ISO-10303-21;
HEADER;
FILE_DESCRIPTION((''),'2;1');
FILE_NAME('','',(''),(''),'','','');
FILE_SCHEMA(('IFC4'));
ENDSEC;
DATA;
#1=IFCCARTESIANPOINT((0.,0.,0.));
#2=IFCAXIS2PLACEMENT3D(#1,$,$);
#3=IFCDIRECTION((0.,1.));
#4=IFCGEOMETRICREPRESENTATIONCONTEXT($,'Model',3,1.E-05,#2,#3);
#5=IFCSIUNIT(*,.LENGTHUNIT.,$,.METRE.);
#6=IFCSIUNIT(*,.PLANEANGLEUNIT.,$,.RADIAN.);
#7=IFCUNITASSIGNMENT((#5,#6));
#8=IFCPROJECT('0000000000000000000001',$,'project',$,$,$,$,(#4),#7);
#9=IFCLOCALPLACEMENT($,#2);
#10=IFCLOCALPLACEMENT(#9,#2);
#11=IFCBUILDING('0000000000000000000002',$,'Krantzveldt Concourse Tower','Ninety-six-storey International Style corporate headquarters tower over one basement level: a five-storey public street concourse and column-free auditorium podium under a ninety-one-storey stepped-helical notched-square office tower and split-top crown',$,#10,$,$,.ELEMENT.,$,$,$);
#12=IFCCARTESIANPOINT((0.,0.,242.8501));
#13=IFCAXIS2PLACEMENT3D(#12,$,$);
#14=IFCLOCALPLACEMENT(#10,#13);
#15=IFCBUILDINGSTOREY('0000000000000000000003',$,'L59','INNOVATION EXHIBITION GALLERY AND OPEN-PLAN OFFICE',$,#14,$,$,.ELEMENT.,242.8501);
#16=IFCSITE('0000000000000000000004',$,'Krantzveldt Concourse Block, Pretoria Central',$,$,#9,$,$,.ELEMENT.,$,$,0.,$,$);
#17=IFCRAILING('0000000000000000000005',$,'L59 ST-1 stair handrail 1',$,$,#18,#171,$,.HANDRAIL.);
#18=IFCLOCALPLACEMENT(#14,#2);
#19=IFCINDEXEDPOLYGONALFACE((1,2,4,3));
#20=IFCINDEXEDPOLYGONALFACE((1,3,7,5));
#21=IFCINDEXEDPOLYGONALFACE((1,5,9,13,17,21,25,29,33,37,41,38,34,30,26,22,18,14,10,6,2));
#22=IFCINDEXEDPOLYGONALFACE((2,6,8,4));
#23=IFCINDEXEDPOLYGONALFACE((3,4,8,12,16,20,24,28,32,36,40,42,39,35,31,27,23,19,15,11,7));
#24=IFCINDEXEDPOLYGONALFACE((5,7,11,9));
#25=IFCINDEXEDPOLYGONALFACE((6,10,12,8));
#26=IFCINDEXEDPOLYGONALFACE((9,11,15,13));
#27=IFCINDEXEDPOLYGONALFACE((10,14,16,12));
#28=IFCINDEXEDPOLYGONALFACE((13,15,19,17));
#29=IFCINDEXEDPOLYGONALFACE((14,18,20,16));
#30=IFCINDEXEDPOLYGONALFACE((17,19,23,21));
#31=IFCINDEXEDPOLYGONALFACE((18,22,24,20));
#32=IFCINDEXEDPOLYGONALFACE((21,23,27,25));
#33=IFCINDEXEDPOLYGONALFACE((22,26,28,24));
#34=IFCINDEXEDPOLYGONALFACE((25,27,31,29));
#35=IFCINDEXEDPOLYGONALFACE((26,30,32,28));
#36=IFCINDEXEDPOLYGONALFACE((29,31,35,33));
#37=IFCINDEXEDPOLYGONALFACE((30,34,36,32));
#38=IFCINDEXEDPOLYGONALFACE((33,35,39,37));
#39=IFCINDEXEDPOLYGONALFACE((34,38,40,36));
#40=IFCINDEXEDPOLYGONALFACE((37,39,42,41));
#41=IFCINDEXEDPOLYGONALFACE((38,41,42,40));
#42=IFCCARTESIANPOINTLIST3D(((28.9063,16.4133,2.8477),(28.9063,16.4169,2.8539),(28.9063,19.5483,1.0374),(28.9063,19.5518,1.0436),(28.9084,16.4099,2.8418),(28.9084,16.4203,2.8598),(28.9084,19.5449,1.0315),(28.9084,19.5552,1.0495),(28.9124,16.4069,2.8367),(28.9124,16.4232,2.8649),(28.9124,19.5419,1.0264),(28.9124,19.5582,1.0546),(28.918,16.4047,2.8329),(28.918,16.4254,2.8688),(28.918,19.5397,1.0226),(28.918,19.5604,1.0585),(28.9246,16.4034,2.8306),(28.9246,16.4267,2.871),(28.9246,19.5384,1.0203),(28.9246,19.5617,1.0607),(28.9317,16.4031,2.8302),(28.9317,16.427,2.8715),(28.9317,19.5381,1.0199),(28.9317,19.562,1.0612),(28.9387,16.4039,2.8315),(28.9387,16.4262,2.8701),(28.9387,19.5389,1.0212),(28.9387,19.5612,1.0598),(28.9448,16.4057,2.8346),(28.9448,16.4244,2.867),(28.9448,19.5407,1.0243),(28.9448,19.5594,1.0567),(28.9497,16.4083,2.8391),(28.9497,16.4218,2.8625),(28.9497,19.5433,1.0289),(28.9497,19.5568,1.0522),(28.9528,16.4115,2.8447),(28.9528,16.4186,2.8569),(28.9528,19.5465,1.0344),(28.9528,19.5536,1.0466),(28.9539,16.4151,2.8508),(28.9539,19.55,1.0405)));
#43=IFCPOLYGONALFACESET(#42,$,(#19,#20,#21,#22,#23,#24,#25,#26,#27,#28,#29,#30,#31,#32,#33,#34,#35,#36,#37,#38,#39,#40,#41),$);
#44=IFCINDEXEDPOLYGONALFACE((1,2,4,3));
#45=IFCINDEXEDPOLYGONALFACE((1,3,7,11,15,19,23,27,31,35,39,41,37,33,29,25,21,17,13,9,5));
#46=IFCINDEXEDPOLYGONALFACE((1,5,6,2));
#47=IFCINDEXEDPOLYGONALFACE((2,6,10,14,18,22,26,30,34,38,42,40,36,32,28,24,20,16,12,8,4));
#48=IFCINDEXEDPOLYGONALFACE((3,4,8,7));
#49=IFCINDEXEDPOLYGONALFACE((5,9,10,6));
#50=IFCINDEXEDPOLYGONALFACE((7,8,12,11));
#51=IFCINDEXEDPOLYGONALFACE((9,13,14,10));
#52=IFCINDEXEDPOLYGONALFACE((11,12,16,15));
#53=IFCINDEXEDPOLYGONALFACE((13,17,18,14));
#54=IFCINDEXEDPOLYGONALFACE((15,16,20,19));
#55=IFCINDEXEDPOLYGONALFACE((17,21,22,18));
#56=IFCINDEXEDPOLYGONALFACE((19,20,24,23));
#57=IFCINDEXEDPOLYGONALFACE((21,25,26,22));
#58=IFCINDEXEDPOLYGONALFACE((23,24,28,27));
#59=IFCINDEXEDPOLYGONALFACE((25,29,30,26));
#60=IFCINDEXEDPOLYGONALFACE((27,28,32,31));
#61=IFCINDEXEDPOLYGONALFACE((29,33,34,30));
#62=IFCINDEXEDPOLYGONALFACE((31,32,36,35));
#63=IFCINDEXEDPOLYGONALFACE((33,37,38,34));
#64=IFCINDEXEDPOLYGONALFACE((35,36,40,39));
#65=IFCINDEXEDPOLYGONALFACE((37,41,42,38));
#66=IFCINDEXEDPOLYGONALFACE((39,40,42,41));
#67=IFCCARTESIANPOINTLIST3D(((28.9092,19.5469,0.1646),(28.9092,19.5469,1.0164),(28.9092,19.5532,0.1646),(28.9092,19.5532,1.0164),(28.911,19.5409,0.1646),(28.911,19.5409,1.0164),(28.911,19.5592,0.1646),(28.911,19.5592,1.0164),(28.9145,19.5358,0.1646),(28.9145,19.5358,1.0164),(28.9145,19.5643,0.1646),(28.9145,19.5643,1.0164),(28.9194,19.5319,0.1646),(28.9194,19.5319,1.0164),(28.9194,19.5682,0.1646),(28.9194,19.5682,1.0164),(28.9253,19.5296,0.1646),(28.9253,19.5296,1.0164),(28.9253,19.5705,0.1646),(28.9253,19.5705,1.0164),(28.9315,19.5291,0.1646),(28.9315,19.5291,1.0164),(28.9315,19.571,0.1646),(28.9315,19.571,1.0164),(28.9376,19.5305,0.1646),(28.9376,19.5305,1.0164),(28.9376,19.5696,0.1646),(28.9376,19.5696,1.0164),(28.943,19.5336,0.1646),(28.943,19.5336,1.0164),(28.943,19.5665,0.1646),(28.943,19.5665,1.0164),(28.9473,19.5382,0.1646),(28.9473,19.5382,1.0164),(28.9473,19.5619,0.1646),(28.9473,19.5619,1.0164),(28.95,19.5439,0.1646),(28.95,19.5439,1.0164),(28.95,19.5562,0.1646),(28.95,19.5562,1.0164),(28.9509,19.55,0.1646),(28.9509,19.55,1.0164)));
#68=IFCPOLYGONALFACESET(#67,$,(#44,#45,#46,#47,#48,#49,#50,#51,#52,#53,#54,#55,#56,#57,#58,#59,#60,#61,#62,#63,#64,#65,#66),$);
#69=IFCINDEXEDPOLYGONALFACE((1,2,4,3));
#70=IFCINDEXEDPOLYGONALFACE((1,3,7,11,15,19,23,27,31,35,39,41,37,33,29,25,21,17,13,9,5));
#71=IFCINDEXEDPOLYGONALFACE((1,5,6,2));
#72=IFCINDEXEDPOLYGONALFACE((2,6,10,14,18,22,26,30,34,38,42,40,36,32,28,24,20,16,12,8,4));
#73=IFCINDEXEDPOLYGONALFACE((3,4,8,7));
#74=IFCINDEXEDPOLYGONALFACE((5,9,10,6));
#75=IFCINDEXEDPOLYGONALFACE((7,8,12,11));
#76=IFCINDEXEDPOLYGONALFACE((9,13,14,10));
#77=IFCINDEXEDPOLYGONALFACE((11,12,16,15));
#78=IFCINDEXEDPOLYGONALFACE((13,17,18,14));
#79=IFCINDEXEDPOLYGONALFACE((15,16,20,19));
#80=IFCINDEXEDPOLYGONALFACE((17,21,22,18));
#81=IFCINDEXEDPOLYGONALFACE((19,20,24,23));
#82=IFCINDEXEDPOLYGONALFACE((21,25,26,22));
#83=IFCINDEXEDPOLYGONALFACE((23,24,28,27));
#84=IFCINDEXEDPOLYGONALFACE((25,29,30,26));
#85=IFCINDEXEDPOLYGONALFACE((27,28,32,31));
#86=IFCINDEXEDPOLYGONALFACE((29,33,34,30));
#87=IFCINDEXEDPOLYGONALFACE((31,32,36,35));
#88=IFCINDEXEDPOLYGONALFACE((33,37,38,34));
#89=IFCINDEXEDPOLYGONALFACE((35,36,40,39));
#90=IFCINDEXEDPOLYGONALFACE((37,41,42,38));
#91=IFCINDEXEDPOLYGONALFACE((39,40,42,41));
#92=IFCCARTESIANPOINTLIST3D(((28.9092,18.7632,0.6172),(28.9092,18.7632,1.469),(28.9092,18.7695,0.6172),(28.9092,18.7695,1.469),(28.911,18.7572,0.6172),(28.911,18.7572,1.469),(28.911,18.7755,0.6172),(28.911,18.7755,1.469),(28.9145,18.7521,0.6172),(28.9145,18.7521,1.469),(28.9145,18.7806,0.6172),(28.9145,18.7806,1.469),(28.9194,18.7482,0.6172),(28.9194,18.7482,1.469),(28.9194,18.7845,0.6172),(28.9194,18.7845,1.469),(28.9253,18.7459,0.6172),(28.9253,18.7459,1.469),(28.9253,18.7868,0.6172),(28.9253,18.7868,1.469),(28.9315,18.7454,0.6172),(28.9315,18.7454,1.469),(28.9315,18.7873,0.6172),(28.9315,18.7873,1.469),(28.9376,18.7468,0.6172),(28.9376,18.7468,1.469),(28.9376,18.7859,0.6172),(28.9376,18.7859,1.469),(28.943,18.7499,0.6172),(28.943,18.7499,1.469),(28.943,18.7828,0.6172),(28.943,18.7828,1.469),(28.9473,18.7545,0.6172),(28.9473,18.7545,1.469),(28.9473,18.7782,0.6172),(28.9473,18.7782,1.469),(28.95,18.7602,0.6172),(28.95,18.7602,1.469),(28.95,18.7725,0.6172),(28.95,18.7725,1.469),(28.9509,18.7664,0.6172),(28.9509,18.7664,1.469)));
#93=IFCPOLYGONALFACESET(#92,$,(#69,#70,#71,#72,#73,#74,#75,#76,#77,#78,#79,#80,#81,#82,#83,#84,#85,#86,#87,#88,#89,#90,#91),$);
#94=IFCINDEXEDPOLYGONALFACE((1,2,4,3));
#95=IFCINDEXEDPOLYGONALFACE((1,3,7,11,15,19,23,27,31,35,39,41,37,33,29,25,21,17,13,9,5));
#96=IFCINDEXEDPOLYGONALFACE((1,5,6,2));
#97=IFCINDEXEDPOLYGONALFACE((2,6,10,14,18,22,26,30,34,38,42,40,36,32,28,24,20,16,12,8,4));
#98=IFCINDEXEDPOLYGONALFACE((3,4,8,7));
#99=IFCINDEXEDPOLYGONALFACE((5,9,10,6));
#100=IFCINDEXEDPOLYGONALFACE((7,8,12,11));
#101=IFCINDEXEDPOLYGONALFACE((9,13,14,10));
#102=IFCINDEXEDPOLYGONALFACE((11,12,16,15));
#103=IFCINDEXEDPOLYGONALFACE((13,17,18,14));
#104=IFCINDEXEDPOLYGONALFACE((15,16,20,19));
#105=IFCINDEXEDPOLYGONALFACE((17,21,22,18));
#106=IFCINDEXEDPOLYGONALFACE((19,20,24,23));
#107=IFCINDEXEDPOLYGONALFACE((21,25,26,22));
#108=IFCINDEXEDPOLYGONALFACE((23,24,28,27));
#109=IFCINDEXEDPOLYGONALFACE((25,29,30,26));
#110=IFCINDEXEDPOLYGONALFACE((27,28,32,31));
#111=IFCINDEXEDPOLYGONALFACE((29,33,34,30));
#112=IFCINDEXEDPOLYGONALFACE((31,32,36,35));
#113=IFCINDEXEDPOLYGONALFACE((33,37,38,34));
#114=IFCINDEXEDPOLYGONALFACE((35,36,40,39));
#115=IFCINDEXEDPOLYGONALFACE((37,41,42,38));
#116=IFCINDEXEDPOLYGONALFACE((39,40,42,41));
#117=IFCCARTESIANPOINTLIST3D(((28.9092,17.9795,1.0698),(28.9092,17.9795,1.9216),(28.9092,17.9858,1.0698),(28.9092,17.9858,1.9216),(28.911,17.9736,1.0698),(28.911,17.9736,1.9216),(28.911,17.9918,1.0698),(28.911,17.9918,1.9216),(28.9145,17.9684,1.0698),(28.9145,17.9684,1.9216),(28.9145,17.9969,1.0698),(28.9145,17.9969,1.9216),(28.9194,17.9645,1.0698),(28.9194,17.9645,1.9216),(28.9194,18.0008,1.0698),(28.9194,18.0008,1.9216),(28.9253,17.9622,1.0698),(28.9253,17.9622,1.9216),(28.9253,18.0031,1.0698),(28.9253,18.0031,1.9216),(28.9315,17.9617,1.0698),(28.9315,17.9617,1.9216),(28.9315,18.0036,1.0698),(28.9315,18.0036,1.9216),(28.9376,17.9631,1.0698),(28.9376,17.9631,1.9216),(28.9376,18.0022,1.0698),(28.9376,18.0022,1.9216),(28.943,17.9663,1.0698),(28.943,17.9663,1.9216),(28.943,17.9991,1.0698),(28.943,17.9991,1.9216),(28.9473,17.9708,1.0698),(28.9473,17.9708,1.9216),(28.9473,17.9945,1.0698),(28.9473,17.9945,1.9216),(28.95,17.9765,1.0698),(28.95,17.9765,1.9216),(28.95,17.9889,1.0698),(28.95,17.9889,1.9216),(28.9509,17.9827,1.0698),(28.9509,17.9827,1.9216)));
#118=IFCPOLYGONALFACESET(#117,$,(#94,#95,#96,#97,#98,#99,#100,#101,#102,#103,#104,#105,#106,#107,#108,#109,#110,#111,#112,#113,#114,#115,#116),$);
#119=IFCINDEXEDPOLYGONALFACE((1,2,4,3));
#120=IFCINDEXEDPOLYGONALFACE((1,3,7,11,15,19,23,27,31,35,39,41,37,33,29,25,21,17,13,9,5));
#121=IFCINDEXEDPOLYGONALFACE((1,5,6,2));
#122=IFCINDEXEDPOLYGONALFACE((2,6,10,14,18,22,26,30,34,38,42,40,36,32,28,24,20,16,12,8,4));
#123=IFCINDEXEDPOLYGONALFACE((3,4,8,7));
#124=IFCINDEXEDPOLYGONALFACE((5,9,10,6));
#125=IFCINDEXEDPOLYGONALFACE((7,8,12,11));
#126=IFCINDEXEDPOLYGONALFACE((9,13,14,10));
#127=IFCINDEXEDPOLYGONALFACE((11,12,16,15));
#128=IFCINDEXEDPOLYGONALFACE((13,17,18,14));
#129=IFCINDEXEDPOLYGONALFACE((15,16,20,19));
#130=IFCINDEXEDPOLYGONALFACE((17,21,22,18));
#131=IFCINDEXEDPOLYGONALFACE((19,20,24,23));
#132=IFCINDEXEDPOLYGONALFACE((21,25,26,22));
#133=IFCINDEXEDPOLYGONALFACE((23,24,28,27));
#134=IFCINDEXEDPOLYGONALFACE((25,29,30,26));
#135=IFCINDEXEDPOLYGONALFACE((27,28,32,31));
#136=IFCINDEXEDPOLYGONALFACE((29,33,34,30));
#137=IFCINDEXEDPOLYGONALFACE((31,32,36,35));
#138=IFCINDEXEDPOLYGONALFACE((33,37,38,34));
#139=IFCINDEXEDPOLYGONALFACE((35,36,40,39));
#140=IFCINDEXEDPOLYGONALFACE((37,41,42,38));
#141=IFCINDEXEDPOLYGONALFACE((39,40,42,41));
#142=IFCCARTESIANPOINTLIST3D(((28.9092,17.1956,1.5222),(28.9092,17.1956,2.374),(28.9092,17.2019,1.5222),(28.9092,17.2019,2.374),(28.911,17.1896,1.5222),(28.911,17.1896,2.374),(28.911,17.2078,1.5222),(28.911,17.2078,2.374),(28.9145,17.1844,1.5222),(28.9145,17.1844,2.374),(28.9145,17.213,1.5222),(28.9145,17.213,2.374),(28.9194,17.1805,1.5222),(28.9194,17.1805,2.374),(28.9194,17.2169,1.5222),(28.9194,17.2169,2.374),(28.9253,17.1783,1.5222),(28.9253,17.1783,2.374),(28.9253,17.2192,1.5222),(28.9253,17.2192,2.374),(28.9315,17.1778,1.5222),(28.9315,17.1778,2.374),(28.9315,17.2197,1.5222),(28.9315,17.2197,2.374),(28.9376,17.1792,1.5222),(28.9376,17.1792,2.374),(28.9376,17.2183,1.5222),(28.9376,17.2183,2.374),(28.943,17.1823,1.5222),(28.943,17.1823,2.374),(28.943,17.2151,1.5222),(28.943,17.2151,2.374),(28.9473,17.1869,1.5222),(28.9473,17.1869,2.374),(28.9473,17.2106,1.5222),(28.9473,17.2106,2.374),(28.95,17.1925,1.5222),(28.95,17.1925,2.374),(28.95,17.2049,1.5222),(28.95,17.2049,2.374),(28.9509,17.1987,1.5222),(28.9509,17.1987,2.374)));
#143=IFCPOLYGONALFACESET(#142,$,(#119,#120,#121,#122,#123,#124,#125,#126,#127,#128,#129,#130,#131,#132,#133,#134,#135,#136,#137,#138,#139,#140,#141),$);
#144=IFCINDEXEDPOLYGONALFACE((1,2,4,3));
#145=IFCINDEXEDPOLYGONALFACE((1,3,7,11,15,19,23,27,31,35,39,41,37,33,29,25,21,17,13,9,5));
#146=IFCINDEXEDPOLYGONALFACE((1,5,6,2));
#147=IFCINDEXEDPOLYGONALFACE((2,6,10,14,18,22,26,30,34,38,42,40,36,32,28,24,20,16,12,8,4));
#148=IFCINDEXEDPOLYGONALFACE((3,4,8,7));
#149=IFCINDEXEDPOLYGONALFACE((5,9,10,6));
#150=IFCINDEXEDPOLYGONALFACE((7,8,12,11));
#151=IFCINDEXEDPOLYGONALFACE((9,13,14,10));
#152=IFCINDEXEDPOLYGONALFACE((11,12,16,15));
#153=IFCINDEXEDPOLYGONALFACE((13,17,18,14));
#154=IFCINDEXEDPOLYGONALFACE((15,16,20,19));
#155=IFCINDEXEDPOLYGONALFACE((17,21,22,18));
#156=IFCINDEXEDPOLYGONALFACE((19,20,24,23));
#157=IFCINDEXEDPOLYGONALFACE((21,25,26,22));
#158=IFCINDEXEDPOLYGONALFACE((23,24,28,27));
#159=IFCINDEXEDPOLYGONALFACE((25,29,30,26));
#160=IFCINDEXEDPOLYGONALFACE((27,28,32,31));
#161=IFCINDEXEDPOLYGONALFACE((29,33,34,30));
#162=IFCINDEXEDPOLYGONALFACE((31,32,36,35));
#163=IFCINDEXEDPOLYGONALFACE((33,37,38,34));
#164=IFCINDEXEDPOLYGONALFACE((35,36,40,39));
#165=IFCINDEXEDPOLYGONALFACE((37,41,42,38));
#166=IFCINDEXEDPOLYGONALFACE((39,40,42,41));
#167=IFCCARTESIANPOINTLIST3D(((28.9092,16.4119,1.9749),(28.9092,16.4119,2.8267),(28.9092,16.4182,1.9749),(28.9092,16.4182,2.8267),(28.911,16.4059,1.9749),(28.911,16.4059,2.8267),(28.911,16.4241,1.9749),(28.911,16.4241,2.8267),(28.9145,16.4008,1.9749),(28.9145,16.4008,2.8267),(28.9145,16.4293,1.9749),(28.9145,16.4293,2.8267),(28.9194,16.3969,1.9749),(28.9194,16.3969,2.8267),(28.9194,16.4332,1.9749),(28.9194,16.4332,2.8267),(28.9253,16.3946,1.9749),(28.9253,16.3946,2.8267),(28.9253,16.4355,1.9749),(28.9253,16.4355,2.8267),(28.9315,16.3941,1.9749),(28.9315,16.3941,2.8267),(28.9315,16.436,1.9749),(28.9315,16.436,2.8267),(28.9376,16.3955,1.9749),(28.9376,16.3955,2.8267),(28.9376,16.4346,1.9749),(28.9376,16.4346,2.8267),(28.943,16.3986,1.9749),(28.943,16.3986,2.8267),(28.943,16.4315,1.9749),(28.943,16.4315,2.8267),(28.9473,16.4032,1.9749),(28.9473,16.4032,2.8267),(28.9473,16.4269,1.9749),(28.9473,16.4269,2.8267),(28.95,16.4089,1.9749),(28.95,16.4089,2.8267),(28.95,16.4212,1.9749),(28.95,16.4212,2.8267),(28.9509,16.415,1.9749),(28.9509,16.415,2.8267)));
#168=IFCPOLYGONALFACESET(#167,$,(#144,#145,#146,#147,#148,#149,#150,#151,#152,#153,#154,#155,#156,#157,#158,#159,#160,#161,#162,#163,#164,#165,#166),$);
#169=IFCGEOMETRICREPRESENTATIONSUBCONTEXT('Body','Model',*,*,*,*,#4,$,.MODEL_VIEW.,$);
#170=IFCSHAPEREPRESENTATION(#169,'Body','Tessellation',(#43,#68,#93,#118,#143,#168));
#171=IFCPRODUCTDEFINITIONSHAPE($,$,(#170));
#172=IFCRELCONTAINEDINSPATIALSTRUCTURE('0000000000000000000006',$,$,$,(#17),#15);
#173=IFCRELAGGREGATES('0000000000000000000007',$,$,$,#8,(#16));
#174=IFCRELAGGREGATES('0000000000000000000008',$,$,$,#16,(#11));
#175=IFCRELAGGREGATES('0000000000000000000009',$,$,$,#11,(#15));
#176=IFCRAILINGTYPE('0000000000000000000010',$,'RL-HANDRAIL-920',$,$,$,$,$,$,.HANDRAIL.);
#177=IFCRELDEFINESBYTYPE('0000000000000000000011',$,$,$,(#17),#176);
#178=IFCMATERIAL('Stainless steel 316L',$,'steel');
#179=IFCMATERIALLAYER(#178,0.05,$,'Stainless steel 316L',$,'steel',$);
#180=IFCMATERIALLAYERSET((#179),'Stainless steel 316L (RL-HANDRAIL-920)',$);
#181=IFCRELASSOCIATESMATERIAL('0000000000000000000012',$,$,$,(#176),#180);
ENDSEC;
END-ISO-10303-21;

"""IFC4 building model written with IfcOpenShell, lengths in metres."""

from ifc_helpers import new_model, si_unit, direction, frame, origin, origin_2d, place, context, subcontext, project, spatial, circle, extrude, material, layer, layer_set, type_object, element, save


model = new_model("IFC4")

# Units and contexts
model_context = context("Model", 3, precision=1e-05, world=origin(), true_north=direction((0.0, 1.0)))
body_context = subcontext(model_context, "Body", "Model", "MODEL_VIEW")
ifc_project = project(units=[si_unit("LENGTHUNIT", "METRE"), si_unit("PLANEANGLEUNIT", "RADIAN")], contexts=[model_context])

# Site, building, storey
site_placement = place(None, origin())
site = spatial("IfcSite", under=ifc_project, at=site_placement, Name="Krantzveldt Concourse Block, Pretoria Central", CompositionType="ELEMENT", RefElevation=0.0)
building_placement = place(site_placement, origin())
building = spatial("IfcBuilding", under=site, at=building_placement, Name="Krantzveldt Concourse Tower", Description="Ninety-six-storey International Style corporate headquarters tower over one basement level: a five-storey public street concourse and column-free auditorium podium under a ninety-one-storey stepped-helical notched-square office tower and split-top crown", CompositionType="ELEMENT")
storey_placement = place(building_placement, frame((0.0, 0.0, 242.8501)))
storey = spatial("IfcBuildingStorey", under=building, at=storey_placement, Name="L59", Description="INNOVATION EXHIBITION GALLERY AND OPEN-PLAN OFFICE", CompositionType="ELEMENT", Elevation=242.8501)

# Shared definitions
ifc_material_1 = material(Name="Stainless steel 316L", Category="steel")

# Railing
ifc_layer_1 = layer(ifc_material_1, 0.05, Name="Stainless steel 316L", Category="steel")
ifc_layer_set_1 = layer_set([ifc_layer_1], Name="Stainless steel 316L (RL-HANDRAIL-920)")
railing_type_1 = type_object("IfcRailingType", Name="RL-HANDRAIL-920", PredefinedType="HANDRAIL", material=ifc_layer_set_1)
railing_1_placement = place(storey_placement, frame((28.9299, 19.55, 0.1646)))
element("IfcRailing", 1, at=railing_1_placement, inside=storey, type_object=railing_type_1, Name="L59 ST-1 stair handrail 1", PredefinedType="HANDRAIL", context=body_context, shape_type="SweptSolid", body=[
    extrude(circle(Radius=0.0239, at=origin_2d()), frame((0.0, 0.0, 0.876), z_axis=(0.0, -0.865989, 0.500063), x_axis=(1.0, 0.0, 0.0)), (0.0, 0.0, 1.0), 3.6201),
    extrude(circle(Radius=0.021, at=origin_2d()), origin(), (0.0, 0.0, 1.0), 0.8518),
    extrude(circle(Radius=0.021, at=origin_2d()), frame((0.0, -0.7837, 0.4526)), (0.0, 0.0, 1.0), 0.8518),
    extrude(circle(Radius=0.021, at=origin_2d()), frame((0.0, -1.5674, 0.9053)), (0.0, 0.0, 1.0), 0.8518),
    extrude(circle(Radius=0.021, at=origin_2d()), frame((0.0, -2.3513, 1.3577)), (0.0, 0.0, 1.0), 0.8518),
    extrude(circle(Radius=0.021, at=origin_2d()), frame((0.0, -3.135, 1.8103)), (0.0, 0.0, 1.0), 0.8518),
])

save(model, "model.ifc")
